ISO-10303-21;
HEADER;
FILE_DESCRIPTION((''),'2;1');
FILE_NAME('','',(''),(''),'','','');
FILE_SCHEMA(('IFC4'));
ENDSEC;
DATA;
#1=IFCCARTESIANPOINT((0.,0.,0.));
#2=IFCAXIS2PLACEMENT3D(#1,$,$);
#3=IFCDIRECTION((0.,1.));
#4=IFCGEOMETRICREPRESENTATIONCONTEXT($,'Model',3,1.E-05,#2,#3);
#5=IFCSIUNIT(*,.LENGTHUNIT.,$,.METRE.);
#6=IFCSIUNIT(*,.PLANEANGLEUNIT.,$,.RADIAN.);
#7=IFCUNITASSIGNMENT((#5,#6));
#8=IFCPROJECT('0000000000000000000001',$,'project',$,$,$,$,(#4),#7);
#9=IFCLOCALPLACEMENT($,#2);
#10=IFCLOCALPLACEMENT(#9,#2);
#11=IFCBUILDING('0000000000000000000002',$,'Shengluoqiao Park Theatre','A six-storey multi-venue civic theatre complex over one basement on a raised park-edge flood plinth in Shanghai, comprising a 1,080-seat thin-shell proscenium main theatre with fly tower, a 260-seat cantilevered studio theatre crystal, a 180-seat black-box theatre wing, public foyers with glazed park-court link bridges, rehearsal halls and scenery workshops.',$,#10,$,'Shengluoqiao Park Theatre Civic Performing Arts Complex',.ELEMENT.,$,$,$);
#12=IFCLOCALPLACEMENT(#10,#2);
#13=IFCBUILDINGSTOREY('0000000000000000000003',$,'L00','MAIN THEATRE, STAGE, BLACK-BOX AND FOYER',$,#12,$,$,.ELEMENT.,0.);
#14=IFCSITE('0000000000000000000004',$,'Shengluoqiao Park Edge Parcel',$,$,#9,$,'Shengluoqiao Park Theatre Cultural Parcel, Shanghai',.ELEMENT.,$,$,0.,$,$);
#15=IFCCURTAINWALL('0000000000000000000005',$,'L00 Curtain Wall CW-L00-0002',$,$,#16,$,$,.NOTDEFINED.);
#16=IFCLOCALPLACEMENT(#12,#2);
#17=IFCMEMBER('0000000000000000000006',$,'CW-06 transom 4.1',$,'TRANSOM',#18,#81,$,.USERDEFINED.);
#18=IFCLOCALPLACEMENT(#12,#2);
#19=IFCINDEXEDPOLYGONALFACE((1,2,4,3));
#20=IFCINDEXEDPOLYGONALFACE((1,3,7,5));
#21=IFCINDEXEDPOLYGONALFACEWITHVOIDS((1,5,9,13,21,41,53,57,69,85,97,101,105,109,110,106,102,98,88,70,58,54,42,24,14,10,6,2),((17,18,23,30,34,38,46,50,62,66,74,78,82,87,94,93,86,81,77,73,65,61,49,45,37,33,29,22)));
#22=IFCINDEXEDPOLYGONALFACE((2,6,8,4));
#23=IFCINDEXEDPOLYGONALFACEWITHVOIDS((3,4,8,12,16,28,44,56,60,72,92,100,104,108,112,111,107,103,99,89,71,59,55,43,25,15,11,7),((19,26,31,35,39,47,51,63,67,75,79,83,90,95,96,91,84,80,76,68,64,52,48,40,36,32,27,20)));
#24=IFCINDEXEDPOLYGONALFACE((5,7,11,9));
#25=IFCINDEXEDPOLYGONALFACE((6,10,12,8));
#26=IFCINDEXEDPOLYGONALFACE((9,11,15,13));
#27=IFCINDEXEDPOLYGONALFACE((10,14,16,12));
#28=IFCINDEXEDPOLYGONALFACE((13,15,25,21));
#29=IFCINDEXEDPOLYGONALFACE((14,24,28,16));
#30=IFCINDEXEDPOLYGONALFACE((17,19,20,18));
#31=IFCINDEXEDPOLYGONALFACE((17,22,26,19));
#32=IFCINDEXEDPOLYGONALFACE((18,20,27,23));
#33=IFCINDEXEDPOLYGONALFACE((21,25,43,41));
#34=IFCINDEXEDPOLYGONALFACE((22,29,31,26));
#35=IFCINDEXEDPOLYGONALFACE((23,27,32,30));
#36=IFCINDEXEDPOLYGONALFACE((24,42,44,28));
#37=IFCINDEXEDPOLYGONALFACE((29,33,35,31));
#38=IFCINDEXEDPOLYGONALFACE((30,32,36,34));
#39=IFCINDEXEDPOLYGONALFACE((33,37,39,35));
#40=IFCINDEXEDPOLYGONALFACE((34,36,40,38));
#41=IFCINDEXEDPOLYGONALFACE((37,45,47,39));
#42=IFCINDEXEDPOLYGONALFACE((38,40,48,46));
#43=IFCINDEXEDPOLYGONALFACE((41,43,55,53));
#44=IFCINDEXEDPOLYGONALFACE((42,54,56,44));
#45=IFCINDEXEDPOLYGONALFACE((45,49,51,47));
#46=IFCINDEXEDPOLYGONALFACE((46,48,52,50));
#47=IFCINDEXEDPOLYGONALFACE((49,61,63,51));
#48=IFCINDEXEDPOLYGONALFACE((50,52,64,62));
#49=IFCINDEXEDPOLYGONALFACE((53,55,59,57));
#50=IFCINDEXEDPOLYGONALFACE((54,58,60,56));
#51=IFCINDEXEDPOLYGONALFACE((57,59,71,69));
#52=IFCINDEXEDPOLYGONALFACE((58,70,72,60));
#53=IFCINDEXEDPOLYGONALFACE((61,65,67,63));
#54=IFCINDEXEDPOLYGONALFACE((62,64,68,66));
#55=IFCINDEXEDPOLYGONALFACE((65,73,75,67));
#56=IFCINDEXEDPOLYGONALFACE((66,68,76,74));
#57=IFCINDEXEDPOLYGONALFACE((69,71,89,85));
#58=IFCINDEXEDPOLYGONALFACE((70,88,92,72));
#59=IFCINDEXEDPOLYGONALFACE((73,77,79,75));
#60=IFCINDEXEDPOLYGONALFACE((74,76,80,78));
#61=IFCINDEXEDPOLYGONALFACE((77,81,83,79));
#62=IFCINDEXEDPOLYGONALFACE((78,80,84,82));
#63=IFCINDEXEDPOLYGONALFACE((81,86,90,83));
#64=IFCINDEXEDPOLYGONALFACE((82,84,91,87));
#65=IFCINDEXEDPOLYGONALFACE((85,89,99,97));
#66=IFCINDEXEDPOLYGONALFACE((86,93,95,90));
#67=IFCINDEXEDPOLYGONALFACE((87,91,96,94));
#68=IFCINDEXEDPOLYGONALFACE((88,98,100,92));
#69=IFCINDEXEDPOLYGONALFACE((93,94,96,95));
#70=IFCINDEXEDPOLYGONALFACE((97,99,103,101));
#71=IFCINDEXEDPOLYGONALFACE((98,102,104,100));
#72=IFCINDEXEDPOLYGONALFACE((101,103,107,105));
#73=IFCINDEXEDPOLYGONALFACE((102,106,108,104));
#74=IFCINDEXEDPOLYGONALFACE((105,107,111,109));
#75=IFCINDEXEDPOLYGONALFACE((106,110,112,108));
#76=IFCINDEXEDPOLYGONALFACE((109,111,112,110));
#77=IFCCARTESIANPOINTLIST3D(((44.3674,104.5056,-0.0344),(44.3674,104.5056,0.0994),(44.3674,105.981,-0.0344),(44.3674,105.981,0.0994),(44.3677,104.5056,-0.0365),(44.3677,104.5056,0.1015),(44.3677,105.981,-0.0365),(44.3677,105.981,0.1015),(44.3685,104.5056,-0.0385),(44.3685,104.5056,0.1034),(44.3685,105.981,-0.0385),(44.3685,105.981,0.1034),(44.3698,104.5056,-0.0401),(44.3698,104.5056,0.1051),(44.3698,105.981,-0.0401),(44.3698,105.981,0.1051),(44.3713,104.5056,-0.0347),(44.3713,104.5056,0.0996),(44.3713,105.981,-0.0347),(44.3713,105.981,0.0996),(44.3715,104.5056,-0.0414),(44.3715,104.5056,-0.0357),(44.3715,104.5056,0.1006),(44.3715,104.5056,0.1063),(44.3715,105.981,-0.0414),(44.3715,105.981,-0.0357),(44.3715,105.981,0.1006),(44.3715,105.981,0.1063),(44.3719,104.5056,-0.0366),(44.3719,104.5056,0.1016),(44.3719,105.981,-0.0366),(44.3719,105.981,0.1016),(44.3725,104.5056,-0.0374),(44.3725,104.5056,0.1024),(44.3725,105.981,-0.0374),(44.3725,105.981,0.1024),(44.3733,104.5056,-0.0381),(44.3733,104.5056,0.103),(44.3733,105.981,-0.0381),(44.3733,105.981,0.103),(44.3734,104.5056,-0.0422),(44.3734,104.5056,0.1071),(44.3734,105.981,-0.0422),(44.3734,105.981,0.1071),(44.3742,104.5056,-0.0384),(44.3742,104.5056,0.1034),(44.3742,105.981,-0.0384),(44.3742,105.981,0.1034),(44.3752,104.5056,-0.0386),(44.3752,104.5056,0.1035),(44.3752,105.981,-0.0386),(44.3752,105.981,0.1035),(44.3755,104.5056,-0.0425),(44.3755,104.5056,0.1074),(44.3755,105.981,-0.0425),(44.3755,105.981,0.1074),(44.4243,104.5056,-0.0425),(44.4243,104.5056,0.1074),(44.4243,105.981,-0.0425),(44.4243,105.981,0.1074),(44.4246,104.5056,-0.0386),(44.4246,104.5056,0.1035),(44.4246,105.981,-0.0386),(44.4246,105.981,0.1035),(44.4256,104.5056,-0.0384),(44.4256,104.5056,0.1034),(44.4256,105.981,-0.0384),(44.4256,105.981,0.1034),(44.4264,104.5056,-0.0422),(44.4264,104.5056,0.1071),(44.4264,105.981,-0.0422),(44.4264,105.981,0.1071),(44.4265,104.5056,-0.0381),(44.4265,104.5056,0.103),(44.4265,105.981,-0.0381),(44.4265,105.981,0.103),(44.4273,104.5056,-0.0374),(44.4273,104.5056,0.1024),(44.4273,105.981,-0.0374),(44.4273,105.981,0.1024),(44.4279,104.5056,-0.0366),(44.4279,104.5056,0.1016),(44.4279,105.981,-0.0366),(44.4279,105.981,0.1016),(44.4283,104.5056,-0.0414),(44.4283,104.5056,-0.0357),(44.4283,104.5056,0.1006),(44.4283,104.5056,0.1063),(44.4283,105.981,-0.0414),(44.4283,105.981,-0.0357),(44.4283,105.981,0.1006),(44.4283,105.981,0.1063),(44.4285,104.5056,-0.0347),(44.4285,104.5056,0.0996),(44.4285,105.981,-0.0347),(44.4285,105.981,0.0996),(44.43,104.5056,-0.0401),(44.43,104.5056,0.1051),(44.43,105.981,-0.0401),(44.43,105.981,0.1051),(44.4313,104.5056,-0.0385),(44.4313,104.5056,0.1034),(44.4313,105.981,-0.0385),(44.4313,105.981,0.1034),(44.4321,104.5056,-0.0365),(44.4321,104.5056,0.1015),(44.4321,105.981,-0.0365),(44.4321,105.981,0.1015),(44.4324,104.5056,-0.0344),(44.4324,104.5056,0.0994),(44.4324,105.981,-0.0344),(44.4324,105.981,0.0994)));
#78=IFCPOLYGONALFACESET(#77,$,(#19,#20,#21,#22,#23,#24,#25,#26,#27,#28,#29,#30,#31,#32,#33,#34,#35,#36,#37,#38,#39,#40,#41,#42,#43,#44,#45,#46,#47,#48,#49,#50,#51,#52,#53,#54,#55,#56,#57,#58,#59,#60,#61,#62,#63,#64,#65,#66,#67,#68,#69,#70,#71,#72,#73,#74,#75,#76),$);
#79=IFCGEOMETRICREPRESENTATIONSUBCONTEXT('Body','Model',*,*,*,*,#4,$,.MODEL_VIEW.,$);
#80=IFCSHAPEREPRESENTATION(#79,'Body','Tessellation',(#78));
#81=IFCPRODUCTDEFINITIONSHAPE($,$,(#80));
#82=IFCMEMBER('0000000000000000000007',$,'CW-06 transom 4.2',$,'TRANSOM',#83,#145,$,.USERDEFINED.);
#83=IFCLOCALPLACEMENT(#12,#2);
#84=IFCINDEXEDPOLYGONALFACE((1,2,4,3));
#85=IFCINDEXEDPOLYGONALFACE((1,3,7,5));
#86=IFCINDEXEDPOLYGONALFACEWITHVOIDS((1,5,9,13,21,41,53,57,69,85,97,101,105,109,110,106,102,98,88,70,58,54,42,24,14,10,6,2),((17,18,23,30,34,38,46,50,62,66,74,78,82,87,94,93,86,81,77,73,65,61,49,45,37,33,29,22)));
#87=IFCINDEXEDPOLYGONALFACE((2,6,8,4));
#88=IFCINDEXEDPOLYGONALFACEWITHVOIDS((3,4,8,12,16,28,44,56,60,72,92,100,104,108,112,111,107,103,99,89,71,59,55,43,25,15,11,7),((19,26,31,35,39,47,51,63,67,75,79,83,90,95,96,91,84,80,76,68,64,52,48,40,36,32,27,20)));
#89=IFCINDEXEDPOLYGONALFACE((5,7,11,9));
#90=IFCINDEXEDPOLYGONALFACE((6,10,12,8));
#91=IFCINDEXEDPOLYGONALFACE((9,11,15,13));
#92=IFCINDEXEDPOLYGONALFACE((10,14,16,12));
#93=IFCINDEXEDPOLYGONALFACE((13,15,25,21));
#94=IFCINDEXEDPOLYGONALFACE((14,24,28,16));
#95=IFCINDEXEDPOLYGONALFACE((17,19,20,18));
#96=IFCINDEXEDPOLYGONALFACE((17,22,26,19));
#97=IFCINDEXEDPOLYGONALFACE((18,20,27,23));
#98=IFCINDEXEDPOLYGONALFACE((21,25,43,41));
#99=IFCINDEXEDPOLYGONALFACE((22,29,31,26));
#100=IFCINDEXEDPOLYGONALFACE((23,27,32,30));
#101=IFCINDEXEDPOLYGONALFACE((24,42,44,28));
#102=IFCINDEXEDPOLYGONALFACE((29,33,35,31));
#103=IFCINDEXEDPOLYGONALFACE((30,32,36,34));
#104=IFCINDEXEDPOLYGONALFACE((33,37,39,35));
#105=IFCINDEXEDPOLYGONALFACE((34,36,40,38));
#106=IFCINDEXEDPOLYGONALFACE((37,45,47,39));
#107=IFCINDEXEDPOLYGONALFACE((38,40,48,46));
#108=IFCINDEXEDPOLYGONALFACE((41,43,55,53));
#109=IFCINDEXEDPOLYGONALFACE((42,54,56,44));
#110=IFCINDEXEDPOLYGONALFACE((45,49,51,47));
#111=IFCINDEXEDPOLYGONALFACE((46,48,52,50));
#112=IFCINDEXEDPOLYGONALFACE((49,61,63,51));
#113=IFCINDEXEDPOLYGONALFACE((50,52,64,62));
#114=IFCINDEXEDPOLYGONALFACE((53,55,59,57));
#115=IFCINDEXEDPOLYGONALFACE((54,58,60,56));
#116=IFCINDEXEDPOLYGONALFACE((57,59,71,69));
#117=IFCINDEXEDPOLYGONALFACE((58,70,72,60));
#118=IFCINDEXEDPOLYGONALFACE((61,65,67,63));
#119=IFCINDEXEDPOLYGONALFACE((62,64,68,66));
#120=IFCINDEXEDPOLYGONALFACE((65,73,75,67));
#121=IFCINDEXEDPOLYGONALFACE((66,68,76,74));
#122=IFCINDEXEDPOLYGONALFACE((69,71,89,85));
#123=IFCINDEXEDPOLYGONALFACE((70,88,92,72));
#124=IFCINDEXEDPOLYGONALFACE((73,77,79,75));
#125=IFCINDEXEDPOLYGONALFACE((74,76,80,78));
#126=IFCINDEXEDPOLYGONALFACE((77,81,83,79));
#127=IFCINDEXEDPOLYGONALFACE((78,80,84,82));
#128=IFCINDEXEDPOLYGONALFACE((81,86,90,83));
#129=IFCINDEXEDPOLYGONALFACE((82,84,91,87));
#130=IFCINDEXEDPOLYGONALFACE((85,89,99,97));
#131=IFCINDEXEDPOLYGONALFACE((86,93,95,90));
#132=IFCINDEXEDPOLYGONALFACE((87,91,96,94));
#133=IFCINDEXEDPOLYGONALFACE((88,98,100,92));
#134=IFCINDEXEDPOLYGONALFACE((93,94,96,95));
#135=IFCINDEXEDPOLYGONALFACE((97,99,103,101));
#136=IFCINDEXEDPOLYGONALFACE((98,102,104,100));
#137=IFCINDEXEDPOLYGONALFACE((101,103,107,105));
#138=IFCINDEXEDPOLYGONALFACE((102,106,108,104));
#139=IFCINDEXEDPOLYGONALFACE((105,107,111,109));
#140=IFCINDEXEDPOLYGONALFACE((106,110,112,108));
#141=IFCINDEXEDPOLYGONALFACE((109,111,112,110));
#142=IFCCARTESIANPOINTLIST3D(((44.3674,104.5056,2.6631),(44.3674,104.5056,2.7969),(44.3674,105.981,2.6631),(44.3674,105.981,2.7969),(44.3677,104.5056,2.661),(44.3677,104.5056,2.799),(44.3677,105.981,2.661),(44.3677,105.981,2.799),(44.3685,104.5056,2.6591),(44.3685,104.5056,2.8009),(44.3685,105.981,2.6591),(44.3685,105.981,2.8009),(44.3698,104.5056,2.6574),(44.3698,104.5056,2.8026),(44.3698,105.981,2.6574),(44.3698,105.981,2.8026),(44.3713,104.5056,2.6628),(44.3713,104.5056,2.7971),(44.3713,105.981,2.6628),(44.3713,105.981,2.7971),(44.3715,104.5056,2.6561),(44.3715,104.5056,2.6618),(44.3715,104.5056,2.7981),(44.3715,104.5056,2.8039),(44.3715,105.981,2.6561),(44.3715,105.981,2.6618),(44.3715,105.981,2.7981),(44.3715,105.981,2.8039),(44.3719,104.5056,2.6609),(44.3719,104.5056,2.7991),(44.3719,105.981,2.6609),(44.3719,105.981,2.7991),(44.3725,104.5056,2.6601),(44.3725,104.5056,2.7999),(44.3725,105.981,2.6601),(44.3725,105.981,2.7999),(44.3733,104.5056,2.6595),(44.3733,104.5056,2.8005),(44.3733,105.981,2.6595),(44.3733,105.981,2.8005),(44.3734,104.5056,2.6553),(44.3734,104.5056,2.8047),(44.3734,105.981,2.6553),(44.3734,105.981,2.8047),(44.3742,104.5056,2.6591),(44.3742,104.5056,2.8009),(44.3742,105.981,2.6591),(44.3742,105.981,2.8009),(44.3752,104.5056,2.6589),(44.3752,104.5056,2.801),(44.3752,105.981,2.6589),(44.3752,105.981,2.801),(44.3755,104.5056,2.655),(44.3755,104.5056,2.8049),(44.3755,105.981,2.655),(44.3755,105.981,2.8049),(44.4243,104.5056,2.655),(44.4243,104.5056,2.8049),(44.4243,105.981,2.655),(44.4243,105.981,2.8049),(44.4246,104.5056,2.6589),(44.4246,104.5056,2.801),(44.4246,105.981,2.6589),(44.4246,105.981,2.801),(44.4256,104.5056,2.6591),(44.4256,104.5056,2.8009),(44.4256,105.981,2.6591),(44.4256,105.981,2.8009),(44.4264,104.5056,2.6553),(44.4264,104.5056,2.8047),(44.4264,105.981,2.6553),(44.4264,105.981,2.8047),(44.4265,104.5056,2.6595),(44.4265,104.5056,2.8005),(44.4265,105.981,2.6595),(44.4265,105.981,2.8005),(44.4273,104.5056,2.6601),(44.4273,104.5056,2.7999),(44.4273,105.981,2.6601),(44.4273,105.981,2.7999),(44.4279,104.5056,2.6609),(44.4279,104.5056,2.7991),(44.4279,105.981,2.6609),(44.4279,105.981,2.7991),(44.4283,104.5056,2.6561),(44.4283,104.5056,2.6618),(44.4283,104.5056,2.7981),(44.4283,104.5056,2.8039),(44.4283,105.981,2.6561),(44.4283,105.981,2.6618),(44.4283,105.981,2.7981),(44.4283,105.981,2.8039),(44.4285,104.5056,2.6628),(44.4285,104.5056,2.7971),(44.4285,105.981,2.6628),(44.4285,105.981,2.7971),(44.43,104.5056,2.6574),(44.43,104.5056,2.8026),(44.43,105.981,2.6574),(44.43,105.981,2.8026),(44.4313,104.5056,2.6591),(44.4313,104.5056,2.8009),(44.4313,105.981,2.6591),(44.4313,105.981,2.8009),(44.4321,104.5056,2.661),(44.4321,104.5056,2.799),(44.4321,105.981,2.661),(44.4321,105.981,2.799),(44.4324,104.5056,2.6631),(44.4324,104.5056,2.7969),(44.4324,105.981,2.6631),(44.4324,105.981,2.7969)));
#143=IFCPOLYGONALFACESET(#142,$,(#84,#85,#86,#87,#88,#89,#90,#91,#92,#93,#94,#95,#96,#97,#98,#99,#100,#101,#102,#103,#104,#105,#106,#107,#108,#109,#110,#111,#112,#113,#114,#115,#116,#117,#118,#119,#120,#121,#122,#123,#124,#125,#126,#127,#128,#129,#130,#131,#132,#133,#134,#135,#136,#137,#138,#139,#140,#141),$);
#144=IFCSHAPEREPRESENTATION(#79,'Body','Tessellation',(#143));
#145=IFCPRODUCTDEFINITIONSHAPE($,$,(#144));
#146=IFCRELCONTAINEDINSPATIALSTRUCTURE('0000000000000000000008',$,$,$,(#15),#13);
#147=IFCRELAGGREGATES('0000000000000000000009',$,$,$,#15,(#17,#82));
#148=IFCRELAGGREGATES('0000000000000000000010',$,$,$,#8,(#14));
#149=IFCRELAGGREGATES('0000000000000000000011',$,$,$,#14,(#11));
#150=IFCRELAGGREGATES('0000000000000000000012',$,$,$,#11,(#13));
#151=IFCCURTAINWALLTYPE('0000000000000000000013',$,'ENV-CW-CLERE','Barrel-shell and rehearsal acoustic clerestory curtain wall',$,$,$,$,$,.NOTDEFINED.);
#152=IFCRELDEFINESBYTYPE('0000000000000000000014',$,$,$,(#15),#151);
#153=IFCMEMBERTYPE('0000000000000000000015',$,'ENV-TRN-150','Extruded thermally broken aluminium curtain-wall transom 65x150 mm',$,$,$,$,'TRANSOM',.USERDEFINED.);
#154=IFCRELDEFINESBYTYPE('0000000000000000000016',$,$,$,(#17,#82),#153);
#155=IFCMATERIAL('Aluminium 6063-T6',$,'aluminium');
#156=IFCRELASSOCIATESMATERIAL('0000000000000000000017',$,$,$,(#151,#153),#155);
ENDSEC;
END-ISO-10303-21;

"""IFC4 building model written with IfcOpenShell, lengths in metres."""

from ifc_helpers import new_model, si_unit, direction, frame, origin, origin_2d, place, context, subcontext, project, spatial, hollow_rectangle, extrude, material, material_profile, profile_set, type_object, element, aggregate, save


model = new_model("IFC4")

# Units and contexts
model_context = context("Model", 3, precision=1e-05, world=origin(), true_north=direction((0.0, 1.0)))
body_context = subcontext(model_context, "Body", "Model", "MODEL_VIEW")
ifc_project = project(units=[si_unit("LENGTHUNIT", "METRE"), si_unit("PLANEANGLEUNIT", "RADIAN")], contexts=[model_context])

# Site, building, storey
site_placement = place(None, origin())
site = spatial("IfcSite", under=ifc_project, at=site_placement, Name="Shengluoqiao Park Edge Parcel", LongName="Shengluoqiao Park Theatre Cultural Parcel, Shanghai", CompositionType="ELEMENT", RefElevation=0.0)
building_placement = place(site_placement, origin())
building = spatial("IfcBuilding", under=site, at=building_placement, Name="Shengluoqiao Park Theatre", Description="A six-storey multi-venue civic theatre complex over one basement on a raised park-edge flood plinth in Shanghai, comprising a 1,080-seat thin-shell proscenium main theatre with fly tower, a 260-seat cantilevered studio theatre crystal, a 180-seat black-box theatre wing, public foyers with glazed park-court link bridges, rehearsal halls and scenery workshops.", LongName="Shengluoqiao Park Theatre Civic Performing Arts Complex", CompositionType="ELEMENT")
storey_placement = place(building_placement, origin())
storey = spatial("IfcBuildingStorey", under=building, at=storey_placement, Name="L00", Description="MAIN THEATRE, STAGE, BLACK-BOX AND FOYER", CompositionType="ELEMENT", Elevation=0.0)

# Curtain wall, members
ifc_material_1 = material(Name="Aluminium 6063-T6", Category="aluminium")
curtain_wall_type = type_object("IfcCurtainWallType", Name="ENV-CW-CLERE", Description="Barrel-shell and rehearsal acoustic clerestory curtain wall", PredefinedType="NOTDEFINED", material=ifc_material_1)
curtain_wall_placement = place(storey_placement, origin())
curtain_wall = element("IfcCurtainWall", 1, at=curtain_wall_placement, inside=storey, type_object=curtain_wall_type, Name="L00 Curtain Wall CW-L00-0002", PredefinedType="NOTDEFINED")
ifc_material_profile_1 = material_profile(ifc_material_1, hollow_rectangle(XDim=0.0649, YDim=0.1499, WallThickness=0.0039, InnerFilletRadius=0.0039, OuterFilletRadius=0.0081, at=origin_2d()), Name="ALU TRANSOM 150x65x4")
ifc_profile_set_1 = profile_set([ifc_material_profile_1], Name="Aluminium 6063-T6")
member_type_1 = type_object("IfcMemberType", Name="ENV-TRN-150", Description="Extruded thermally broken aluminium curtain-wall transom 65x150 mm", ElementType="TRANSOM", PredefinedType="USERDEFINED", material=ifc_profile_set_1)
member_1_placement = place(storey_placement, frame((44.3999, 104.5056, 0.0325), z_axis=(0.0, 1.0, 0.0), x_axis=(-1.0, 0.0, 0.0)))
member_1 = element("IfcMember", 2, at=member_1_placement, type_object=member_type_1, Name="CW-06 transom 4.1", ObjectType="TRANSOM", PredefinedType="USERDEFINED", context=body_context, shape_type="SweptSolid", body=[
    extrude(hollow_rectangle(XDim=0.0649, YDim=0.1499, WallThickness=0.0039, InnerFilletRadius=0.0039, OuterFilletRadius=0.0081, at=origin_2d()), origin(), (0.0, 0.0, 1.0), 1.4753),
])
member_2_placement = place(storey_placement, frame((44.3999, 104.5056, 2.73), z_axis=(0.0, 1.0, 0.0), x_axis=(-1.0, 0.0, 0.0)))
member_2 = element("IfcMember", 3, at=member_2_placement, type_object=member_type_1, Name="CW-06 transom 4.2", ObjectType="TRANSOM", PredefinedType="USERDEFINED", context=body_context, shape_type="SweptSolid", body=[
    extrude(hollow_rectangle(XDim=0.0649, YDim=0.1499, WallThickness=0.0039, InnerFilletRadius=0.0039, OuterFilletRadius=0.0081, at=origin_2d()), origin(), (0.0, 0.0, 1.0), 1.4753),
])

aggregate(curtain_wall, [member_1, member_2])

save(model, "model.ifc")
